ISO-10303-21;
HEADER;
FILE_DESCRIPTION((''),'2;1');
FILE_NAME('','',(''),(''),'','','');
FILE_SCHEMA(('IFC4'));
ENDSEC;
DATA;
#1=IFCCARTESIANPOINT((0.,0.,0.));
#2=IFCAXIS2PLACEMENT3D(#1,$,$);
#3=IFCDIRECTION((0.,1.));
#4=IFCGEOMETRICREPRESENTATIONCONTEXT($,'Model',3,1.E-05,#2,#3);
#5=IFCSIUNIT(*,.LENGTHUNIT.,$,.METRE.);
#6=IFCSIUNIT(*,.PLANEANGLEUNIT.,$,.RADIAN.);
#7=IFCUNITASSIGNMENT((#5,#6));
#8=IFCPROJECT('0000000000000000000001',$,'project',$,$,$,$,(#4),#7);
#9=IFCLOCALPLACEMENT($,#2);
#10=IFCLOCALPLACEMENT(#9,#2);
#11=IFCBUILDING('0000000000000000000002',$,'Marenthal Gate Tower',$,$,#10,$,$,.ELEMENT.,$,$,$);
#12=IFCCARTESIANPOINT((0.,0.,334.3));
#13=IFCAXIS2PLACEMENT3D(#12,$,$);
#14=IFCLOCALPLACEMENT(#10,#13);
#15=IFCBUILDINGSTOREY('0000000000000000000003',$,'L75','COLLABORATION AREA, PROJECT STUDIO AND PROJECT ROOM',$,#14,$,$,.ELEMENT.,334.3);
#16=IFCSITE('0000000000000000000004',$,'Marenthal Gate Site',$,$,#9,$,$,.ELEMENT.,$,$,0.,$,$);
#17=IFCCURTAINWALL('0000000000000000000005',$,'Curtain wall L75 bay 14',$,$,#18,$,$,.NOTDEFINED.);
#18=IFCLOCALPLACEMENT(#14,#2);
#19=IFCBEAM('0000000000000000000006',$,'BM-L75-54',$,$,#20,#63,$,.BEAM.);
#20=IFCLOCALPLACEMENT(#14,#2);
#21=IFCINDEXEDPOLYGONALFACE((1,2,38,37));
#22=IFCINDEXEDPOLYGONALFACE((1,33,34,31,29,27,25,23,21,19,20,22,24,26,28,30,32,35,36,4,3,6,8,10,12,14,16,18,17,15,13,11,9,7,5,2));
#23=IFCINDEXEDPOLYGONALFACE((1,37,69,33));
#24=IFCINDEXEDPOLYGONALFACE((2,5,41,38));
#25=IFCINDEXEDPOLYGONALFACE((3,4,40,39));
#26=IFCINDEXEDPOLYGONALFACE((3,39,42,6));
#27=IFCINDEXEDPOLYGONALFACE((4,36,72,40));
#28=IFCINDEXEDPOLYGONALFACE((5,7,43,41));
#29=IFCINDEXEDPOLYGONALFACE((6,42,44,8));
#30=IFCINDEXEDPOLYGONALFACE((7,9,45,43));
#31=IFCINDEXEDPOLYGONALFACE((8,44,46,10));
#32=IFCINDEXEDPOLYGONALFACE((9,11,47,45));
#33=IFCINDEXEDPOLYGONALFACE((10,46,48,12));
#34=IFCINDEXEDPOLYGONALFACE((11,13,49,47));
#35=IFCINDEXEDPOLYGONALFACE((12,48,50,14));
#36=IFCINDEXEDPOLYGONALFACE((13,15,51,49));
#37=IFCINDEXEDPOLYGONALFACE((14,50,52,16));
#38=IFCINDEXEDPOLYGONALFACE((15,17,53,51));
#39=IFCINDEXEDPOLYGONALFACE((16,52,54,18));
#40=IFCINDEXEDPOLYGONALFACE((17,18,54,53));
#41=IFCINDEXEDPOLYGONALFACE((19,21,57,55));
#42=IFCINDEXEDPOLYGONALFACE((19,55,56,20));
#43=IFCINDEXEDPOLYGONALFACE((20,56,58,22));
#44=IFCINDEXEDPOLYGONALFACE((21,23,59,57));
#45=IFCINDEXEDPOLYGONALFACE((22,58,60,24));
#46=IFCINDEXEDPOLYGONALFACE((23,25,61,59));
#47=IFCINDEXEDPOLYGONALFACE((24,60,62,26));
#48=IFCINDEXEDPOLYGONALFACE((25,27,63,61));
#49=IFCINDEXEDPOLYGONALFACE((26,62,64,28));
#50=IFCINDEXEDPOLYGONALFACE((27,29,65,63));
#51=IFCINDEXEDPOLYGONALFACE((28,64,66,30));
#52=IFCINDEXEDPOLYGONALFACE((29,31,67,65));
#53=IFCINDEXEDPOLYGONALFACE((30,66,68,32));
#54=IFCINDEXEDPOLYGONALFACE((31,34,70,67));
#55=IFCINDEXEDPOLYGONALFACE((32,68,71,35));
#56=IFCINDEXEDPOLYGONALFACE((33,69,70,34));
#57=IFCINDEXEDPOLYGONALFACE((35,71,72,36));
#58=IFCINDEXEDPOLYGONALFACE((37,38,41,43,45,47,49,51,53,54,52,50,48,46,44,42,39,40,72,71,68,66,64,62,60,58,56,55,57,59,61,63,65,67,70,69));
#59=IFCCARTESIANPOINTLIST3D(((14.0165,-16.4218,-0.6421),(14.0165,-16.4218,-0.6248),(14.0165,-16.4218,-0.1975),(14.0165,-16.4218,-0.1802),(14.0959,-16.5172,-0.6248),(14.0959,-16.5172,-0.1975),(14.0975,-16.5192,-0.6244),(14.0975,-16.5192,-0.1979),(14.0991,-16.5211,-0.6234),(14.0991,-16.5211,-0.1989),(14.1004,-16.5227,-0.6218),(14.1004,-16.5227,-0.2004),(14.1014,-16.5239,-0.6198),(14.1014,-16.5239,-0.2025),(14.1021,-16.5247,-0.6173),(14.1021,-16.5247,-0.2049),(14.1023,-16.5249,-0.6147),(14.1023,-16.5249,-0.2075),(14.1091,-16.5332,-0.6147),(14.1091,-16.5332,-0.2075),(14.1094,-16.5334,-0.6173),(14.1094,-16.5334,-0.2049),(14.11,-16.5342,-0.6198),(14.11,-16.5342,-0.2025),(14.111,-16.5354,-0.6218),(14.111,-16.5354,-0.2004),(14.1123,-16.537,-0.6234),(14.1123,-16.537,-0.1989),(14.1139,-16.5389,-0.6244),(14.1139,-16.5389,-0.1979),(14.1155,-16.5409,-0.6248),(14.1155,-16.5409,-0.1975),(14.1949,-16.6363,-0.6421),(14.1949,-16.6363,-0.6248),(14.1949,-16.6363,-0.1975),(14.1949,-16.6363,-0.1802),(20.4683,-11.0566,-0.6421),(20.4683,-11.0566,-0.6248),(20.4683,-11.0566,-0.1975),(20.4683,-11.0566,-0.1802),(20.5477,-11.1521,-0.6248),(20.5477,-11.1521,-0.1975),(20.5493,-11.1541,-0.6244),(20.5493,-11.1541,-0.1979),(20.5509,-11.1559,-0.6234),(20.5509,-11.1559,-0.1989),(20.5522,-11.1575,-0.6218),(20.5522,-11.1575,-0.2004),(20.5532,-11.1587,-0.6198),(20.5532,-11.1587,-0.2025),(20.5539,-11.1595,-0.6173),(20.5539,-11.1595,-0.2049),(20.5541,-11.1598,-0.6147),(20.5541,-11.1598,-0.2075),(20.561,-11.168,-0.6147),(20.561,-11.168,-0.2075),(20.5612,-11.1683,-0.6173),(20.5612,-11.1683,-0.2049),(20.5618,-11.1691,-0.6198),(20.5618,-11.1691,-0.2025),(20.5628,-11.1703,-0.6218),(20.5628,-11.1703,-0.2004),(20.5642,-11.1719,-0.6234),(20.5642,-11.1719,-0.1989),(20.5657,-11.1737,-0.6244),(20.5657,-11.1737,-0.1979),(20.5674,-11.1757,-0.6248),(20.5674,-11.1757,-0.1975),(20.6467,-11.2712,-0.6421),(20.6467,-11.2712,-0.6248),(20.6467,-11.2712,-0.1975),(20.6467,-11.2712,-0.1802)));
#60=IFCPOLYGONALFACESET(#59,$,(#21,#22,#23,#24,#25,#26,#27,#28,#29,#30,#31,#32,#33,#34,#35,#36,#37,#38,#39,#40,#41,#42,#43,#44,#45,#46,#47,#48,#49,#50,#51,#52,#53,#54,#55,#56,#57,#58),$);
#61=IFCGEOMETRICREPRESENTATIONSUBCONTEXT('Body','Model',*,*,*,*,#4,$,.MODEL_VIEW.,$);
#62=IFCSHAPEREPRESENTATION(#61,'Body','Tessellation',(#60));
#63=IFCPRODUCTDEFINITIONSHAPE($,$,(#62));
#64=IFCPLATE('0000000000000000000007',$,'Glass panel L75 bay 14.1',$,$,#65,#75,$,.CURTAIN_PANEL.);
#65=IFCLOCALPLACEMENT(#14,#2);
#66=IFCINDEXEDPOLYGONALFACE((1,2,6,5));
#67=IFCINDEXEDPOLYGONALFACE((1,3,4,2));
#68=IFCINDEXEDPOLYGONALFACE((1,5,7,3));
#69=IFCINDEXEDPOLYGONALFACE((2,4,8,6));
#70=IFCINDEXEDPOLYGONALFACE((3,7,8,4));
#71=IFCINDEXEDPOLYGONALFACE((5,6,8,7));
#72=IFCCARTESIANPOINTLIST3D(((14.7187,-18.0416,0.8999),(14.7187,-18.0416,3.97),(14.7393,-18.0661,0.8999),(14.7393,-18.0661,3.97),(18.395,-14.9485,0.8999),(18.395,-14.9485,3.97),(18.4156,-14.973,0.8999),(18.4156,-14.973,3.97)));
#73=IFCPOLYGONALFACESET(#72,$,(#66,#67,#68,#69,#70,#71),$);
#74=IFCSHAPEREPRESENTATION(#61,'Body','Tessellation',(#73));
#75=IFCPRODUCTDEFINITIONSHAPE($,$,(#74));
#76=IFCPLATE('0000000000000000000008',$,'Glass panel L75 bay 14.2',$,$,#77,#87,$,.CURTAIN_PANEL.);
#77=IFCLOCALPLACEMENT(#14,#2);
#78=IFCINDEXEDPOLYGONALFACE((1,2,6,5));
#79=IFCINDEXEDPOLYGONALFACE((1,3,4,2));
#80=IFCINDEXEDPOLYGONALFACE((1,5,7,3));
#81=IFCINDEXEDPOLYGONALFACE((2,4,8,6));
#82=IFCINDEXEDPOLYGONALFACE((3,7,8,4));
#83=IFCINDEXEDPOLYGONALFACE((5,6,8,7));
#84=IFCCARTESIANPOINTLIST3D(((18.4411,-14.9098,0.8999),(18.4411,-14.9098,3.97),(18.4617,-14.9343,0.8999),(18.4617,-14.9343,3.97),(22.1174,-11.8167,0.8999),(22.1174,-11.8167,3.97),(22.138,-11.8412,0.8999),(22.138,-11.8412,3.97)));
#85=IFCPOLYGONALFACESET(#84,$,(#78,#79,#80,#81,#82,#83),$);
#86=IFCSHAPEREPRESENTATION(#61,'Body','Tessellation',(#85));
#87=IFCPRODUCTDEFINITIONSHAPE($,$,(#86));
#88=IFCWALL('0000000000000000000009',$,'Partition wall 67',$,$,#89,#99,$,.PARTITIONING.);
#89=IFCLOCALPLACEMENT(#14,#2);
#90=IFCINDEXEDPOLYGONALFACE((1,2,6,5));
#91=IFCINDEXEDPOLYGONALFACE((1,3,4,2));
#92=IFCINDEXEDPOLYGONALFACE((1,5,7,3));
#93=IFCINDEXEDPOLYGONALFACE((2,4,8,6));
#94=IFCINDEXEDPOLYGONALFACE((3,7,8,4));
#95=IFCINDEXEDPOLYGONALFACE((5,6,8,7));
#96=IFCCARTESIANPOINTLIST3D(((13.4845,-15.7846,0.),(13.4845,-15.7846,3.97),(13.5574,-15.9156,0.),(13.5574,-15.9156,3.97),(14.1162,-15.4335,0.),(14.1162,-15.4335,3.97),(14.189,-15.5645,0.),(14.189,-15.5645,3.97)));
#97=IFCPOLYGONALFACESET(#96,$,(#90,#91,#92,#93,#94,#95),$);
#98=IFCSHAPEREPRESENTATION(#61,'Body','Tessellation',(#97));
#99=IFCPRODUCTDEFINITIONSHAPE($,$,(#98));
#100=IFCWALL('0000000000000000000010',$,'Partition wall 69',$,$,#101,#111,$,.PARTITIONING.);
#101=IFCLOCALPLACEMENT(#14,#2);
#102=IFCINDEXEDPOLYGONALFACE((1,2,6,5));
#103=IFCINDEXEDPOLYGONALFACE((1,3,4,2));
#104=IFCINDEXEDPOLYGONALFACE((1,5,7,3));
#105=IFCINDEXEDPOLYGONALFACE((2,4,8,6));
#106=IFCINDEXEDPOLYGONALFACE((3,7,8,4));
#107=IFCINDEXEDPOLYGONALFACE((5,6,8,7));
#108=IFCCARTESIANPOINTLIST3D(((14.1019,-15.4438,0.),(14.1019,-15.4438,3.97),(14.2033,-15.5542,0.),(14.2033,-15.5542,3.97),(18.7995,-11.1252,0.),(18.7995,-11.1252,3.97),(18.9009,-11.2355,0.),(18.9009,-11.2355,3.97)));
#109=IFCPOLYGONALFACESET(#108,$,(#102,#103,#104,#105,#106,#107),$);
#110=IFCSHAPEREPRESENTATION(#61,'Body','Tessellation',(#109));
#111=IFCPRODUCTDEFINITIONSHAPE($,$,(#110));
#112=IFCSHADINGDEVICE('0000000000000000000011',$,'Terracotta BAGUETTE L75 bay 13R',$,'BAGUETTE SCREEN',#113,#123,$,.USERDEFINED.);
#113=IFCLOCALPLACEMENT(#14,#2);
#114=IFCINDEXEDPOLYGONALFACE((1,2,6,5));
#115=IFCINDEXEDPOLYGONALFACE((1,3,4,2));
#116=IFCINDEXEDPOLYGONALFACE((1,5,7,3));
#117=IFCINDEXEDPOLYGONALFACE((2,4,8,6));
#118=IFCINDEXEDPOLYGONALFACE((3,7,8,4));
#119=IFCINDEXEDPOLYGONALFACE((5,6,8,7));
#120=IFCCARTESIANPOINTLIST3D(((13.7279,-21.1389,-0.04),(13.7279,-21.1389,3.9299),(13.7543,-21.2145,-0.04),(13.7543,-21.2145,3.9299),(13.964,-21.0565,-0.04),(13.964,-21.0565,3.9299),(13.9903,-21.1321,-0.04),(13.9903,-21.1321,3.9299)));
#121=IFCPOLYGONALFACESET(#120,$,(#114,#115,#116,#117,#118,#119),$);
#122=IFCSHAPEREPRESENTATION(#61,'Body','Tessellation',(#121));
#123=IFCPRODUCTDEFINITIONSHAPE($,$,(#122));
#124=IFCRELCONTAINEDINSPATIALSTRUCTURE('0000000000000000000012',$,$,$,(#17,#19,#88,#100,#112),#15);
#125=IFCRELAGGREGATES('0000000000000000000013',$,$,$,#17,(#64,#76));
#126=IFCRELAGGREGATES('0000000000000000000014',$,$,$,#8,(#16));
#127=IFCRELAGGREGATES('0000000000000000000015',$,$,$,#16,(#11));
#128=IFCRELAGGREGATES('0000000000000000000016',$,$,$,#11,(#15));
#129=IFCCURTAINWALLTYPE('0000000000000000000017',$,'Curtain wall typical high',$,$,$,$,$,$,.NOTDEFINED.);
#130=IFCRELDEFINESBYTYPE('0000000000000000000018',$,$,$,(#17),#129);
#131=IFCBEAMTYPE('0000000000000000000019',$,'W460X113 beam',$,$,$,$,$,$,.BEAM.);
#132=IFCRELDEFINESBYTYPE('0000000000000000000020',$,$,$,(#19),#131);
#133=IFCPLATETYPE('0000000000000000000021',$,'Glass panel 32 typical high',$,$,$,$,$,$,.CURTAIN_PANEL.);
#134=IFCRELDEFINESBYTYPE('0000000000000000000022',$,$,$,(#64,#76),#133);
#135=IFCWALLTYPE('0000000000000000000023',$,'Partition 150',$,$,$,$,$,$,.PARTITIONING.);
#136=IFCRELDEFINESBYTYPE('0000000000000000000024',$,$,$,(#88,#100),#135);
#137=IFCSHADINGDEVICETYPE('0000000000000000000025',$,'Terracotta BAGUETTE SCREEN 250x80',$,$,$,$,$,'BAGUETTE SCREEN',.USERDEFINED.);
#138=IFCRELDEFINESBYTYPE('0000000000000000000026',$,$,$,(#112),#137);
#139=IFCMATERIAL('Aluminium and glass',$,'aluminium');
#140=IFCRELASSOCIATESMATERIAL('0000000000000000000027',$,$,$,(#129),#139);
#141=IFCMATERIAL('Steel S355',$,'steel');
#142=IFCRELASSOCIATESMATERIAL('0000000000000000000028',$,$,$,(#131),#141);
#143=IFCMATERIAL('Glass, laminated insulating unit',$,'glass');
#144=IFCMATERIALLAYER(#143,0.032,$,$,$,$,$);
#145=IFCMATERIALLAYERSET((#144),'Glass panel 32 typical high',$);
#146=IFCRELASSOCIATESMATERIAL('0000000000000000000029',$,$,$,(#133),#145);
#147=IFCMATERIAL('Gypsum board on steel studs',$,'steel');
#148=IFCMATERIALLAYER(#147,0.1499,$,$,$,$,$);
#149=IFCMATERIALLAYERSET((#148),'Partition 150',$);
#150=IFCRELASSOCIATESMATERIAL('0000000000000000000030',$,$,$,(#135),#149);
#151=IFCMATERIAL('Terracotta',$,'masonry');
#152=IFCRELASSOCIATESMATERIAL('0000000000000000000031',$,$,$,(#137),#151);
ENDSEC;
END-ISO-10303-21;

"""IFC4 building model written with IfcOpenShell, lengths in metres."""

from ifc_helpers import new_model, si_unit, direction, frame, frame_2d, origin, origin_2d, place, context, subcontext, project, spatial, rectangle, i_section, extrude, material, layer, layer_set, material_profile, profile_set, type_object, element, aggregate, save


model = new_model("IFC4")

# Units and contexts
model_context = context("Model", 3, precision=1e-05, world=origin(), true_north=direction((0.0, 1.0)))
body_context = subcontext(model_context, "Body", "Model", "MODEL_VIEW")
ifc_project = project(units=[si_unit("LENGTHUNIT", "METRE"), si_unit("PLANEANGLEUNIT", "RADIAN")], contexts=[model_context])

# Site, building, storey
site_placement = place(None, origin())
site = spatial("IfcSite", under=ifc_project, at=site_placement, Name="Marenthal Gate Site", CompositionType="ELEMENT", RefElevation=0.0)
building_placement = place(site_placement, origin())
building = spatial("IfcBuilding", under=site, at=building_placement, Name="Marenthal Gate Tower", CompositionType="ELEMENT")
storey_placement = place(building_placement, frame((0.0, 0.0, 334.3)))
storey = spatial("IfcBuildingStorey", under=building, at=storey_placement, Name="L75", Description="COLLABORATION AREA, PROJECT STUDIO AND PROJECT ROOM", CompositionType="ELEMENT", Elevation=334.3)

# Curtain wall
ifc_material_1 = material(Name="Aluminium and glass", Category="aluminium")
curtain_wall_type = type_object("IfcCurtainWallType", Name="Curtain wall typical high", PredefinedType="NOTDEFINED", material=ifc_material_1)
curtain_wall_placement = place(storey_placement, origin())
curtain_wall = element("IfcCurtainWall", 1, at=curtain_wall_placement, inside=storey, type_object=curtain_wall_type, Name="Curtain wall L75 bay 14", PredefinedType="NOTDEFINED")

# Beam
ifc_material_2 = material(Name="Steel S355", Category="steel")
ifc_material_profile_1 = material_profile(ifc_material_2, i_section(OverallWidth=0.2791, OverallDepth=0.4619, WebThickness=0.0107, FlangeThickness=0.0173, FilletRadius=0.01, at=origin_2d()), Name="W460X113")
ifc_profile_set_1 = profile_set([ifc_material_profile_1], Name="Steel S355")
beam_type_1 = type_object("IfcBeamType", Name="W460X113 beam", PredefinedType="BEAM", material=ifc_profile_set_1)
beam_1_placement = place(storey_placement, frame((14.1057, -16.5291, -0.4111), z_axis=(0.768886, 0.639386, 0.0), x_axis=(-0.639386, 0.768886, 0.0)))
element("IfcBeam", 2, at=beam_1_placement, inside=storey, type_object=beam_type_1, Name="BM-L75-54", PredefinedType="BEAM", context=body_context, shape_type="SweptSolid", body=[
    extrude(i_section(OverallWidth=0.2791, OverallDepth=0.4619, WebThickness=0.0107, FlangeThickness=0.0173, FilletRadius=0.01, at=origin_2d()), origin(), (0.0, 0.0, 1.0), 8.3911),
])

# Plates
ifc_material_3 = material(Name="Glass, laminated insulating unit", Category="glass")
ifc_layer_1 = layer(ifc_material_3, 0.032)
ifc_layer_set_1 = layer_set([ifc_layer_1], Name="Glass panel 32 typical high")
plate_type = type_object("IfcPlateType", Name="Glass panel 32 typical high", PredefinedType="CURTAIN_PANEL", material=ifc_layer_set_1)
plate_1_placement = place(storey_placement, frame((16.5671, -16.5073, 0.8999), z_axis=(0.0, 0.0, 1.0), x_axis=(0.765193, 0.643801, 0.0)))
plate_1 = element("IfcPlate", 3, at=plate_1_placement, type_object=plate_type, Name="Glass panel L75 bay 14.1", PredefinedType="CURTAIN_PANEL", context=body_context, shape_type="SweptSolid", body=[
    extrude(rectangle(XDim=4.8044, YDim=0.032, at=origin_2d()), origin(), (0.0, 0.0, 1.0), 3.0701),
])
plate_2_placement = place(storey_placement, frame((20.2896, -13.3755, 0.8999), z_axis=(0.0, 0.0, 1.0), x_axis=(0.765193, 0.643801, 0.0)))
plate_2 = element("IfcPlate", 4, at=plate_2_placement, type_object=plate_type, Name="Glass panel L75 bay 14.2", PredefinedType="CURTAIN_PANEL", context=body_context, shape_type="SweptSolid", body=[
    extrude(rectangle(XDim=4.8044, YDim=0.032, at=origin_2d()), origin(), (0.0, 0.0, 1.0), 3.0701),
])
aggregate(curtain_wall, [plate_1, plate_2])

# Walls
ifc_material_4 = material(Name="Gypsum board on steel studs", Category="steel")
ifc_layer_2 = layer(ifc_material_4, 0.1499)
ifc_layer_set_2 = layer_set([ifc_layer_2], Name="Partition 150")
wall_type_1 = type_object("IfcWallType", Name="Partition 150", PredefinedType="PARTITIONING", material=ifc_layer_set_2)
wall_1_placement = place(storey_placement, frame((14.1526, -15.499, 0.0), z_axis=(0.0, 0.0, 1.0), x_axis=(-0.874046, -0.485844, 0.0)))
element("IfcWall", 5, at=wall_1_placement, inside=storey, type_object=wall_type_1, Name="Partition wall 67", PredefinedType="PARTITIONING", context=body_context, shape_type="SweptSolid", body=[
    extrude(rectangle(XDim=0.7227, YDim=0.1499, at=frame_2d((0.3613, 0.0))), origin(), (0.0, 0.0, 1.0), 3.97),
])
wall_2_placement = place(storey_placement, frame((18.8501, -11.1804, 0.0), z_axis=(0.0, 0.0, 1.0), x_axis=(-0.736173, -0.676793, 0.0)))
element("IfcWall", 6, at=wall_2_placement, inside=storey, type_object=wall_type_1, Name="Partition wall 69", PredefinedType="PARTITIONING", context=body_context, shape_type="SweptSolid", body=[
    extrude(rectangle(XDim=6.3811, YDim=0.1499, at=frame_2d((3.1904, 0.0))), origin(), (0.0, 0.0, 1.0), 3.97),
])

# Shading device
ifc_material_5 = material(Name="Terracotta", Category="masonry")
ifc_material_profile_2 = material_profile(ifc_material_5, rectangle(XDim=0.25, YDim=0.0801, at=origin_2d()), Name="Terracotta baguette 250x80")
ifc_profile_set_2 = profile_set([ifc_material_profile_2], Name="Terracotta")
shading_device_type = type_object("IfcShadingDeviceType", Name="Terracotta BAGUETTE SCREEN 250x80", ElementType="BAGUETTE SCREEN", PredefinedType="USERDEFINED", material=ifc_profile_set_2)
shading_device_placement = place(storey_placement, frame((13.8591, -21.1355, -0.04), z_axis=(0.0, 0.0, 1.0), x_axis=(0.944186, 0.329413, 0.0)))
element("IfcShadingDevice", 7, at=shading_device_placement, inside=storey, type_object=shading_device_type, Name="Terracotta BAGUETTE L75 bay 13R", ObjectType="BAGUETTE SCREEN", PredefinedType="USERDEFINED", context=body_context, shape_type="SweptSolid", body=[
    extrude(rectangle(XDim=0.25, YDim=0.0801, at=origin_2d()), origin(), (0.0, 0.0, 1.0), 3.97),
])

save(model, "model.ifc")
